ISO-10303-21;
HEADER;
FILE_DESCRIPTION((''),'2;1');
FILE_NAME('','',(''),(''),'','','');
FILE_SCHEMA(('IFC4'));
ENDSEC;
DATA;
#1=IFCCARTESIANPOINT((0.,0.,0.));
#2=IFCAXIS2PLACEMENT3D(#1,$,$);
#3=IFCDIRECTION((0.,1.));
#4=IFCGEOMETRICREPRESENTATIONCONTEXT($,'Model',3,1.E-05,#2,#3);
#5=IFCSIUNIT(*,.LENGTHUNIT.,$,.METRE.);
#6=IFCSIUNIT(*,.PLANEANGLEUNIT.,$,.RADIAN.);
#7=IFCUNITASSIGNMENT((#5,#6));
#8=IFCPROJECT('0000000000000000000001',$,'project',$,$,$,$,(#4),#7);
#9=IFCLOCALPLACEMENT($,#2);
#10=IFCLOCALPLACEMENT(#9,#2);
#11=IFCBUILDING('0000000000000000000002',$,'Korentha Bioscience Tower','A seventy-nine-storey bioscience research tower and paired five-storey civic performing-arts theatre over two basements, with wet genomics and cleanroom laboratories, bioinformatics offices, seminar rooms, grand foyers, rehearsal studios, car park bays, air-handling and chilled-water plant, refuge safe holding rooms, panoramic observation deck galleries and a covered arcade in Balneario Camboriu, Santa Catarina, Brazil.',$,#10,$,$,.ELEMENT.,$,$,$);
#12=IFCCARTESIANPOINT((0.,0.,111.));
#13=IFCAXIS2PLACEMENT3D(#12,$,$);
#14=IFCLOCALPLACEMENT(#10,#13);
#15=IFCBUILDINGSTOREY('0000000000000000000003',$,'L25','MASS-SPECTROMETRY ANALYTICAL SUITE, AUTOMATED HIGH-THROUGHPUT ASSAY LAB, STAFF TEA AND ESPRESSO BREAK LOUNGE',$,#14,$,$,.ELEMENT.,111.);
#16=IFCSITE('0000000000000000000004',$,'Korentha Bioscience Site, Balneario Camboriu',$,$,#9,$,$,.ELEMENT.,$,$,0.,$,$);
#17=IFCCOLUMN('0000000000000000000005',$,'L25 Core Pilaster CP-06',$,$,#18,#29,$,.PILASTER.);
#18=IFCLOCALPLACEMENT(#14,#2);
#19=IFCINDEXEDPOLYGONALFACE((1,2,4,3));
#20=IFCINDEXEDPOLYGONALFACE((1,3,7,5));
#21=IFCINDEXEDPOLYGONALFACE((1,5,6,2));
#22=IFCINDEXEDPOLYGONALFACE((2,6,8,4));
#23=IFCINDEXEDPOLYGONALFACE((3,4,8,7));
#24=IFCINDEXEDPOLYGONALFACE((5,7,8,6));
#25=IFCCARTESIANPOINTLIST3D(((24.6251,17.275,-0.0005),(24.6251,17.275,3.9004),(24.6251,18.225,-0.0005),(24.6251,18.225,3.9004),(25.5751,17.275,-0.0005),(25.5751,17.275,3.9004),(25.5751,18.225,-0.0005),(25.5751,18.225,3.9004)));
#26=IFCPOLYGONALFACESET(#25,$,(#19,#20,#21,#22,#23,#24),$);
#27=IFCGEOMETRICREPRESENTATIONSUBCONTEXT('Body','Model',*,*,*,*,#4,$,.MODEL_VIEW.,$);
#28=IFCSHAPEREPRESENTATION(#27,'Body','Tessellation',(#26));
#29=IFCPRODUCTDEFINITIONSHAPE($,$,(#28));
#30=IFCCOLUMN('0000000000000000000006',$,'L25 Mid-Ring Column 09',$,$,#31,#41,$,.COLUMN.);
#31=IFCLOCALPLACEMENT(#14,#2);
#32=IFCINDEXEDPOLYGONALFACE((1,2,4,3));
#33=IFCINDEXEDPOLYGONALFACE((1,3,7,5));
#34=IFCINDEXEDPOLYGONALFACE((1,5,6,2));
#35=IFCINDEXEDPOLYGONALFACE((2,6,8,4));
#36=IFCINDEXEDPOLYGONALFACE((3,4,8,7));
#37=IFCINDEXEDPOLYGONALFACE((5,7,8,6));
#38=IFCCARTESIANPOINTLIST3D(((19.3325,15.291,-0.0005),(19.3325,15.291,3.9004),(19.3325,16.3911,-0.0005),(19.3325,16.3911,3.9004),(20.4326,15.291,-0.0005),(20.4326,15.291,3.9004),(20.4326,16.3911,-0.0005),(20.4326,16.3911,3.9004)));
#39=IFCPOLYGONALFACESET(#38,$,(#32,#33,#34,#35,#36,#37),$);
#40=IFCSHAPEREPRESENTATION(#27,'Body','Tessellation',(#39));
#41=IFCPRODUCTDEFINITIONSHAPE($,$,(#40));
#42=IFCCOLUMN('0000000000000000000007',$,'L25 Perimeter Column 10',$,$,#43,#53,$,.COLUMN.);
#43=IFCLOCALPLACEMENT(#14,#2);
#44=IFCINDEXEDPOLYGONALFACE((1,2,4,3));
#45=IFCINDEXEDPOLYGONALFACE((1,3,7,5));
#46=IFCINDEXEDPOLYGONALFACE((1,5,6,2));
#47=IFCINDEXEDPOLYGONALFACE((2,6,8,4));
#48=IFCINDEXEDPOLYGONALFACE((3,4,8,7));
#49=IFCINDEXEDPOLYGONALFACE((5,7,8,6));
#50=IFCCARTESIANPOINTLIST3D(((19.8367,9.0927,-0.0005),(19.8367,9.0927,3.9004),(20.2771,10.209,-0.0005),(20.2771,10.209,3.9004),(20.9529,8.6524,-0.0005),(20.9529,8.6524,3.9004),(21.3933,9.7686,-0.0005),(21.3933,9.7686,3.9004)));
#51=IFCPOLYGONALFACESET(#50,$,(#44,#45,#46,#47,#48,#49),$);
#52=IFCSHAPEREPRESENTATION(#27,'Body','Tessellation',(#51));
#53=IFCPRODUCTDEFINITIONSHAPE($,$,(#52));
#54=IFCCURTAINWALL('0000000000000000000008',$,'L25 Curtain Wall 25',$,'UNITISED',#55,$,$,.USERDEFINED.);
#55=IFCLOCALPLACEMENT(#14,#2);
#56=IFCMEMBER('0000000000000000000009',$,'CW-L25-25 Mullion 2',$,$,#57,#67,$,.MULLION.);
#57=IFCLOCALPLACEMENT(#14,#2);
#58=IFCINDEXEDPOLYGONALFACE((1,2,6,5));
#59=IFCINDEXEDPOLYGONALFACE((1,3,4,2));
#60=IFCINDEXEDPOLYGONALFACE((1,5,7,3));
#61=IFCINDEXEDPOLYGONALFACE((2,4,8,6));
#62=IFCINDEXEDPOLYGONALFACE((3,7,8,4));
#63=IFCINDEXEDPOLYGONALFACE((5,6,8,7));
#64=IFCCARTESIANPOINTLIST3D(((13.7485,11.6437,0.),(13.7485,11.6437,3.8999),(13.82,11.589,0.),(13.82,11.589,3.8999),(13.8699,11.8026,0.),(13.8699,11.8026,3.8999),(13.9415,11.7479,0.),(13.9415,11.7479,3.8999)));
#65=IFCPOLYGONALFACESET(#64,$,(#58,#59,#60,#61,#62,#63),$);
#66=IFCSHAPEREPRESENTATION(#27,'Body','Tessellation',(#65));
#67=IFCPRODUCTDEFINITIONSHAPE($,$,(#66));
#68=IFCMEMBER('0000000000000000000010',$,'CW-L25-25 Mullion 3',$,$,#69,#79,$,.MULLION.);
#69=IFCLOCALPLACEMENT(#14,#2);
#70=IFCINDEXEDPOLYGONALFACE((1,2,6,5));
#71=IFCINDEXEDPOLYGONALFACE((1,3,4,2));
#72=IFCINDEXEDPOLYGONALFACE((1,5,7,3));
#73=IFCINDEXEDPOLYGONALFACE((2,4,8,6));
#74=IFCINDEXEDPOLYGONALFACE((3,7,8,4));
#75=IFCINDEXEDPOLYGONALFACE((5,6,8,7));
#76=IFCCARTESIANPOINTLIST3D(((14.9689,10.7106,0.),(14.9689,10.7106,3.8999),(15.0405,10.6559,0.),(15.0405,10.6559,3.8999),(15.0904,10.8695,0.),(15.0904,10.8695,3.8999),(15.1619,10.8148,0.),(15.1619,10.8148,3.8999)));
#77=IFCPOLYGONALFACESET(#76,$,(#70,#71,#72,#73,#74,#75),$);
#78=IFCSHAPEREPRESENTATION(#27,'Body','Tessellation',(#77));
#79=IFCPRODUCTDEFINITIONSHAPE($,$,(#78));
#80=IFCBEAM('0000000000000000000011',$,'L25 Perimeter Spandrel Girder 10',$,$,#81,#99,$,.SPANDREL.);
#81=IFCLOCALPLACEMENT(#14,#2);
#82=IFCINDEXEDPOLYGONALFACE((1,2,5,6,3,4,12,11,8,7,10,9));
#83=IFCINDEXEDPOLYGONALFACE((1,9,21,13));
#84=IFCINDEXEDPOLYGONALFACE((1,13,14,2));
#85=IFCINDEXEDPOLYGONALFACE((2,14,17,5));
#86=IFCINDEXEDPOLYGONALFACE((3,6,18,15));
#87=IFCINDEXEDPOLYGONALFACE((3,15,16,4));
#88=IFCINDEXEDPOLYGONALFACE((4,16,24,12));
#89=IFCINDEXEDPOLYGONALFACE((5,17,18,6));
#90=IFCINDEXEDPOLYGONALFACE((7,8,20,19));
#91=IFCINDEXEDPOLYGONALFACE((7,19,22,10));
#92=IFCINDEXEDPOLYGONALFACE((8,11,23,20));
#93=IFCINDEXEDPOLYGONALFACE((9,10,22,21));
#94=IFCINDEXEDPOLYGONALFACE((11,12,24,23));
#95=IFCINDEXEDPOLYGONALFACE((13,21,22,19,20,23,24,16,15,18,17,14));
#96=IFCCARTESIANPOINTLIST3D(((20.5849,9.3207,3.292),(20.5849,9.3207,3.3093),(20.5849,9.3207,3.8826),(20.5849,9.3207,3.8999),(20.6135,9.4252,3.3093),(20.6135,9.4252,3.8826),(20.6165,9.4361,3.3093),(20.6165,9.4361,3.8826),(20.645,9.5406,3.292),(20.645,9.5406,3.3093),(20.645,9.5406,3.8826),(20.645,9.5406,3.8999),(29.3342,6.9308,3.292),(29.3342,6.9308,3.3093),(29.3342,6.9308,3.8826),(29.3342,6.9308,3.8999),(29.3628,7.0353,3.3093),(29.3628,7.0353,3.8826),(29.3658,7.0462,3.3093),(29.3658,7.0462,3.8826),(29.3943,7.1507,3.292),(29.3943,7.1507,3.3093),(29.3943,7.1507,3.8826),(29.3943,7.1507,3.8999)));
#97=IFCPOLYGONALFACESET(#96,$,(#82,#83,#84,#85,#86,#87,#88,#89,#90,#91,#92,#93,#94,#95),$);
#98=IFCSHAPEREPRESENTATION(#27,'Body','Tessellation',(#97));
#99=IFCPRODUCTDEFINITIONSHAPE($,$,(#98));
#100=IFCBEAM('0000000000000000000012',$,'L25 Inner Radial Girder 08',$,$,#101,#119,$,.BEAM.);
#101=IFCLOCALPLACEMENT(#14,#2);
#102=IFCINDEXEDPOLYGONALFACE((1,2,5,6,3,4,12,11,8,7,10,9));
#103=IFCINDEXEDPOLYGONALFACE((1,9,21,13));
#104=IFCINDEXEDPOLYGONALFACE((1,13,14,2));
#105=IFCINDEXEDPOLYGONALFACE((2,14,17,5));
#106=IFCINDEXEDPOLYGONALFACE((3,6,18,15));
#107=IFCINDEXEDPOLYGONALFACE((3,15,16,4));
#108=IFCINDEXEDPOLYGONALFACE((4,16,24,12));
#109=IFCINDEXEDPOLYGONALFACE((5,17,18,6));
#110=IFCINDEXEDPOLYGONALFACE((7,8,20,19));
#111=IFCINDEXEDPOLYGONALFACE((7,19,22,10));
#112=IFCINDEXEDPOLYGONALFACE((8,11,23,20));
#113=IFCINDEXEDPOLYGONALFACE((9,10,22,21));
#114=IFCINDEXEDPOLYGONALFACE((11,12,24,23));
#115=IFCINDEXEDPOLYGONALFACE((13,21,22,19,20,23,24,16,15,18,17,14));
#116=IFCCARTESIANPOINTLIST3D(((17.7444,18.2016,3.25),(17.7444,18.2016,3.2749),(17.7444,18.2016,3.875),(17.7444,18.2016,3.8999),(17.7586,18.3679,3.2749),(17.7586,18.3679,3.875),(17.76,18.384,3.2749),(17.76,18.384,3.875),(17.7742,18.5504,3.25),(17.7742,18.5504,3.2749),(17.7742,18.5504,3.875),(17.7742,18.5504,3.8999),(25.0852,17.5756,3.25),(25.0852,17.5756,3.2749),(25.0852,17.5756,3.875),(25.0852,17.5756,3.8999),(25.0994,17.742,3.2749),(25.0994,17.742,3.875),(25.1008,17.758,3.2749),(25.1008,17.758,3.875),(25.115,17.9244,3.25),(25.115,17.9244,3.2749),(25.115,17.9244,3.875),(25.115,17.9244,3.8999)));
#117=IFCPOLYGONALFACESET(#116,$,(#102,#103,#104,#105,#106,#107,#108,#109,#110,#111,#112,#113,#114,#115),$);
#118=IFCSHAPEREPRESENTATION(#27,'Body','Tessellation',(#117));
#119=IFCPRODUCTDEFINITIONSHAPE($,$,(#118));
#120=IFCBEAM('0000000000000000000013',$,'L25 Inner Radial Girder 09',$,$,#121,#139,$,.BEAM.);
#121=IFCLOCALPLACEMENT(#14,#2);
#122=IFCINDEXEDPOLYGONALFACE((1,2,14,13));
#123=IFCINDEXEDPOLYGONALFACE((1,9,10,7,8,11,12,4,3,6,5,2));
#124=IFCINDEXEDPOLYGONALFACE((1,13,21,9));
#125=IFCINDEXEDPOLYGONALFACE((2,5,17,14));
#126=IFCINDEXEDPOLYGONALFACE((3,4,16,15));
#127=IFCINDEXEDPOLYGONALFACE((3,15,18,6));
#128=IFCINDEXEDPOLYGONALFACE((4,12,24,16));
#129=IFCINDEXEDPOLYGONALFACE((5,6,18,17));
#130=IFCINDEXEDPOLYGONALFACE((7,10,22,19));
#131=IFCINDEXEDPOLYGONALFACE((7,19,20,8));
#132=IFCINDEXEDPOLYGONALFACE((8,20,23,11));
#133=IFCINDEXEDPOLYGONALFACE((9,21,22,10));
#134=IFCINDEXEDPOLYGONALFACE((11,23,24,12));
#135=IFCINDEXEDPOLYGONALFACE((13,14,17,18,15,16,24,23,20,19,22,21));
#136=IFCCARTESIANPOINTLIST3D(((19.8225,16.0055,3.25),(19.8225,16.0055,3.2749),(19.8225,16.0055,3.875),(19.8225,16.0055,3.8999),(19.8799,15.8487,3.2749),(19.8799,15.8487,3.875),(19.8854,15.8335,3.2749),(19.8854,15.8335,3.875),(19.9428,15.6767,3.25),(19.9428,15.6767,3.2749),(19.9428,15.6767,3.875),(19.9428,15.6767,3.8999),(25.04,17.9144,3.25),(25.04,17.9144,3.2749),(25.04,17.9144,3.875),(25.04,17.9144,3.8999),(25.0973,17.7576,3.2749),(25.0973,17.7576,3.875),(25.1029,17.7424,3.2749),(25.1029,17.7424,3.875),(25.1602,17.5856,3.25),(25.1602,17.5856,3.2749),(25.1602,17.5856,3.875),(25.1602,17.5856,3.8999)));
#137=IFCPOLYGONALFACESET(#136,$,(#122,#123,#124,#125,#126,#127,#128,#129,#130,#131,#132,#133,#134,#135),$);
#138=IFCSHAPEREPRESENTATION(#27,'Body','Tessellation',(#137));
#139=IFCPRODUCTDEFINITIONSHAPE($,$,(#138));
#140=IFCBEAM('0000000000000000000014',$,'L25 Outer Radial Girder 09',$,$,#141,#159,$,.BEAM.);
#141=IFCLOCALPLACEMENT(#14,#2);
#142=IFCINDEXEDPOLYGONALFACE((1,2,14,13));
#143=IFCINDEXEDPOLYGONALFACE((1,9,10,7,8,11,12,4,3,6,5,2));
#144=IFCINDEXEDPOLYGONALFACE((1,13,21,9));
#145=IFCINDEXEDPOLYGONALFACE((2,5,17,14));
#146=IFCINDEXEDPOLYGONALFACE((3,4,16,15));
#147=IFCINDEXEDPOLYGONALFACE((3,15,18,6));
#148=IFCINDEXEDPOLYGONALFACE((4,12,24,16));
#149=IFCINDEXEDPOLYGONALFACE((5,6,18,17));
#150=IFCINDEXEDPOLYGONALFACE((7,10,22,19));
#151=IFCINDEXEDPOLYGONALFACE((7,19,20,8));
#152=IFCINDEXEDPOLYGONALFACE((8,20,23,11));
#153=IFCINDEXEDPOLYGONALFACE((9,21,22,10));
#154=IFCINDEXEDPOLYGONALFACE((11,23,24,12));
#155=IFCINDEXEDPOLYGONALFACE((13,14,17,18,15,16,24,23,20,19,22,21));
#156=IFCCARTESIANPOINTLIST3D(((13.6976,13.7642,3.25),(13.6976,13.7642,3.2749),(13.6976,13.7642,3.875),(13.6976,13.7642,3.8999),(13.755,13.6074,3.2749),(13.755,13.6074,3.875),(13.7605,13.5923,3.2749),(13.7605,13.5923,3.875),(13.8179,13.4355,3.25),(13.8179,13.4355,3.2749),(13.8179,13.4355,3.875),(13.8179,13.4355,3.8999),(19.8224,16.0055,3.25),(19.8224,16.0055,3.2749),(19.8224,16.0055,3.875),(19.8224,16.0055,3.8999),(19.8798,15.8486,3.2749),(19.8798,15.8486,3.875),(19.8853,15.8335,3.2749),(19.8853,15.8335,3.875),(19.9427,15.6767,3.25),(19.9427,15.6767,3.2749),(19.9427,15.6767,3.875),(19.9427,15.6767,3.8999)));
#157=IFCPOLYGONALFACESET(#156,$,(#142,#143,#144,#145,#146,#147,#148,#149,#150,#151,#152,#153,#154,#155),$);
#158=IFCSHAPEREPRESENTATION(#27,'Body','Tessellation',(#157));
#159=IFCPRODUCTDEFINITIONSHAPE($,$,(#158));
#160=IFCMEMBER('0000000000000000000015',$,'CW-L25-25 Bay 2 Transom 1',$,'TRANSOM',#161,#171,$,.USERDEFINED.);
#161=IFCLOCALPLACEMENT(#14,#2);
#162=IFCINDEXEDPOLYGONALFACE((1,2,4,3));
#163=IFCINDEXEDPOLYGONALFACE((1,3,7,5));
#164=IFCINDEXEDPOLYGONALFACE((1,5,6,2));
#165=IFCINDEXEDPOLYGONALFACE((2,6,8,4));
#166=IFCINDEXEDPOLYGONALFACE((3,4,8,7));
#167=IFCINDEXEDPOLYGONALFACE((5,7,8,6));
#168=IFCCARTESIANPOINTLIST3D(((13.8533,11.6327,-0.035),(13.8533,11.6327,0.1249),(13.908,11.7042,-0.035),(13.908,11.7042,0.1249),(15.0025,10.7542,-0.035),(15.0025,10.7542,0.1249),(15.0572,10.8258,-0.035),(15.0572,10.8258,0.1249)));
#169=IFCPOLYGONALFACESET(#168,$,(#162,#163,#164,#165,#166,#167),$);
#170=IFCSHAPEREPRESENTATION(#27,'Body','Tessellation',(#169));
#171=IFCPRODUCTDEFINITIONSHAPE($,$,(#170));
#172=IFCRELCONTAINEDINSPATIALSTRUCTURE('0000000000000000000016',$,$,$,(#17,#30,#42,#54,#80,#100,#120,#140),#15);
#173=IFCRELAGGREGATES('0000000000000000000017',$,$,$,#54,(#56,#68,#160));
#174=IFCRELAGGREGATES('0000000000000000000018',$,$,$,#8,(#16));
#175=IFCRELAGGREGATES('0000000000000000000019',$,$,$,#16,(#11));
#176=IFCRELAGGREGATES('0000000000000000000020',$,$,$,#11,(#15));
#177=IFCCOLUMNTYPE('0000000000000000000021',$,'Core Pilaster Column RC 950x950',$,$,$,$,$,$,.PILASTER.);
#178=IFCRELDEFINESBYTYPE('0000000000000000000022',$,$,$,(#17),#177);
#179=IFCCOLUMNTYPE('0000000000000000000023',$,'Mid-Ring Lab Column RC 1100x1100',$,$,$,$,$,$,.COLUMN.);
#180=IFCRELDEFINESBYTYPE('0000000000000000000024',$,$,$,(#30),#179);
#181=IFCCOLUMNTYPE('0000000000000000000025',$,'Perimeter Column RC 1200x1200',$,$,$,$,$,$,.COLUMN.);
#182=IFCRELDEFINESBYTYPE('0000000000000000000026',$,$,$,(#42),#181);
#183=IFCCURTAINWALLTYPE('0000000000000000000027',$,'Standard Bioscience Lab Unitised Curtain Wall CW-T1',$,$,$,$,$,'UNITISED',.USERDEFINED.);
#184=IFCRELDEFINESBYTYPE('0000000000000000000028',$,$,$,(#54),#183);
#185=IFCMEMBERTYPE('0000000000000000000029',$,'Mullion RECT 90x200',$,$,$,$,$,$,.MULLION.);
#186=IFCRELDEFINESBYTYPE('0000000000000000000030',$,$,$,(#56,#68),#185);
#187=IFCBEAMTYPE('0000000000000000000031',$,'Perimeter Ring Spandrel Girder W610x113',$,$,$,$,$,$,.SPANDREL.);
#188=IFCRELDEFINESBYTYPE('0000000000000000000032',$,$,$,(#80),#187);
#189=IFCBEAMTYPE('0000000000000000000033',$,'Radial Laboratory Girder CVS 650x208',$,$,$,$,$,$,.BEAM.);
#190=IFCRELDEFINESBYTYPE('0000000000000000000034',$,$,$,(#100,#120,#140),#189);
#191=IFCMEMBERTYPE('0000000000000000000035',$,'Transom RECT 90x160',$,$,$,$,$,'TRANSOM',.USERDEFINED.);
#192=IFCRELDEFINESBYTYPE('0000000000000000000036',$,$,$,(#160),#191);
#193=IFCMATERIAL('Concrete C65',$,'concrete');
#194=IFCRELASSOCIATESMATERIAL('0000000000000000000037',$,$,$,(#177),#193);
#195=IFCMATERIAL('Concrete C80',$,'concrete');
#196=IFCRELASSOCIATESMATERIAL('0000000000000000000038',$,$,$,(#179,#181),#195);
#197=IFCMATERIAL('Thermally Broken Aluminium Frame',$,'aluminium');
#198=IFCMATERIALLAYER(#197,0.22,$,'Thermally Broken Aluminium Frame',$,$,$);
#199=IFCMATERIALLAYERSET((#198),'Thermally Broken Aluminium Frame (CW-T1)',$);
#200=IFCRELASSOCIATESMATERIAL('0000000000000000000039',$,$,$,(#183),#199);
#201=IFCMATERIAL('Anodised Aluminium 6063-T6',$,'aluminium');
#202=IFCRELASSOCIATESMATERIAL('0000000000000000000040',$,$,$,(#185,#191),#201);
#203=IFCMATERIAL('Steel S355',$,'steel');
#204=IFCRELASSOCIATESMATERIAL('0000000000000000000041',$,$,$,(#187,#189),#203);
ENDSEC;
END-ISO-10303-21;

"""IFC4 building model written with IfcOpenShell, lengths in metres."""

from ifc_helpers import new_model, si_unit, direction, frame, origin, origin_2d, place, context, subcontext, project, spatial, rectangle, i_section, extrude, material, layer, layer_set, material_profile, profile_set, type_object, element, aggregate, save


model = new_model("IFC4")

# Units and contexts
model_context = context("Model", 3, precision=1e-05, world=origin(), true_north=direction((0.0, 1.0)))
body_context = subcontext(model_context, "Body", "Model", "MODEL_VIEW")
ifc_project = project(units=[si_unit("LENGTHUNIT", "METRE"), si_unit("PLANEANGLEUNIT", "RADIAN")], contexts=[model_context])

# Site, building, storey
site_placement = place(None, origin())
site = spatial("IfcSite", under=ifc_project, at=site_placement, Name="Korentha Bioscience Site, Balneario Camboriu", CompositionType="ELEMENT", RefElevation=0.0)
building_placement = place(site_placement, origin())
building = spatial("IfcBuilding", under=site, at=building_placement, Name="Korentha Bioscience Tower", Description="A seventy-nine-storey bioscience research tower and paired five-storey civic performing-arts theatre over two basements, with wet genomics and cleanroom laboratories, bioinformatics offices, seminar rooms, grand foyers, rehearsal studios, car park bays, air-handling and chilled-water plant, refuge safe holding rooms, panoramic observation deck galleries and a covered arcade in Balneario Camboriu, Santa Catarina, Brazil.", CompositionType="ELEMENT")
storey_placement = place(building_placement, frame((0.0, 0.0, 111.0)))
storey = spatial("IfcBuildingStorey", under=building, at=storey_placement, Name="L25", Description="MASS-SPECTROMETRY ANALYTICAL SUITE, AUTOMATED HIGH-THROUGHPUT ASSAY LAB, STAFF TEA AND ESPRESSO BREAK LOUNGE", CompositionType="ELEMENT", Elevation=111.0)

# Columns
ifc_material_1 = material(Name="Concrete C65", Category="concrete")
ifc_material_profile_1 = material_profile(ifc_material_1, rectangle(XDim=0.95, YDim=0.95, at=origin_2d()), Name="Concrete C65")
ifc_profile_set_1 = profile_set([ifc_material_profile_1], Name="Concrete C65 (COL-CP09)")
column_type_1 = type_object("IfcColumnType", Name="Core Pilaster Column RC 950x950", PredefinedType="PILASTER", material=ifc_profile_set_1)
column_1_placement = place(storey_placement, frame((25.1001, 17.75, -0.0005), z_axis=(0.0, 0.0, 1.0), x_axis=(1.0, 0.0, 0.0)))
element("IfcColumn", 1, at=column_1_placement, inside=storey, type_object=column_type_1, Name="L25 Core Pilaster CP-06", PredefinedType="PILASTER", context=body_context, shape_type="SweptSolid", body=[
    extrude(rectangle(XDim=0.95, YDim=0.95, at=origin_2d()), origin(), (0.0, 0.0, 1.0), 3.9009),
])
ifc_material_2 = material(Name="Concrete C80", Category="concrete")
ifc_material_profile_2 = material_profile(ifc_material_2, rectangle(XDim=1.1001, YDim=1.1001, at=origin_2d()), Name="Concrete C80")
ifc_profile_set_2 = profile_set([ifc_material_profile_2], Name="Concrete C80 (COL-MR11)")
column_type_2 = type_object("IfcColumnType", Name="Mid-Ring Lab Column RC 1100x1100", PredefinedType="COLUMN", material=ifc_profile_set_2)
column_2_placement = place(storey_placement, frame((19.8826, 15.8411, -0.0005), z_axis=(0.0, 0.0, 1.0), x_axis=(1.0, 0.0, 0.0)))
element("IfcColumn", 2, at=column_2_placement, inside=storey, type_object=column_type_2, Name="L25 Mid-Ring Column 09", PredefinedType="COLUMN", context=body_context, shape_type="SweptSolid", body=[
    extrude(rectangle(XDim=1.1001, YDim=1.1001, at=origin_2d()), origin(), (0.0, 0.0, 1.0), 3.9009),
])
ifc_material_profile_3 = material_profile(ifc_material_2, rectangle(XDim=1.2, YDim=1.2, at=origin_2d()), Name="Concrete C80")
ifc_profile_set_3 = profile_set([ifc_material_profile_3], Name="Concrete C80 (COL-P12)")
column_type_3 = type_object("IfcColumnType", Name="Perimeter Column RC 1200x1200", PredefinedType="COLUMN", material=ifc_profile_set_3)
column_3_placement = place(storey_placement, frame((20.615, 9.4307, -0.0005), z_axis=(0.0, 0.0, 1.0), x_axis=(-0.930226, 0.366988, 0.0)))
element("IfcColumn", 3, at=column_3_placement, inside=storey, type_object=column_type_3, Name="L25 Perimeter Column 10", PredefinedType="COLUMN", context=body_context, shape_type="SweptSolid", body=[
    extrude(rectangle(XDim=1.2, YDim=1.2, at=origin_2d()), origin(), (0.0, 0.0, 1.0), 3.9009),
])

# Curtain wall, members
ifc_material_3 = material(Name="Thermally Broken Aluminium Frame", Category="aluminium")
ifc_layer_1 = layer(ifc_material_3, 0.22, Name="Thermally Broken Aluminium Frame")
ifc_layer_set_1 = layer_set([ifc_layer_1], Name="Thermally Broken Aluminium Frame (CW-T1)")
curtain_wall_type = type_object("IfcCurtainWallType", Name="Standard Bioscience Lab Unitised Curtain Wall CW-T1", ElementType="UNITISED", PredefinedType="USERDEFINED", material=ifc_layer_set_1)
curtain_wall_placement = place(storey_placement, origin())
curtain_wall = element("IfcCurtainWall", 4, at=curtain_wall_placement, inside=storey, type_object=curtain_wall_type, Name="L25 Curtain Wall 25", ObjectType="UNITISED", PredefinedType="USERDEFINED")
ifc_material_4 = material(Name="Anodised Aluminium 6063-T6", Category="aluminium")
ifc_material_profile_4 = material_profile(ifc_material_4, rectangle(XDim=0.0901, YDim=0.2, at=origin_2d()), Name="Anodised Aluminium 6063-T6")
ifc_profile_set_4 = profile_set([ifc_material_profile_4], Name="Anodised Aluminium 6063-T6 (CW-MUL)")
member_type_1 = type_object("IfcMemberType", Name="Mullion RECT 90x200", PredefinedType="MULLION", material=ifc_profile_set_4)
member_1_placement = place(storey_placement, frame((13.845, 11.6958, 0.0), z_axis=(0.0, 0.0, 1.0), x_axis=(0.7945, -0.607265, 0.0)))
member_1 = element("IfcMember", 5, at=member_1_placement, type_object=member_type_1, Name="CW-L25-25 Mullion 2", PredefinedType="MULLION", context=body_context, shape_type="SweptSolid", body=[
    extrude(rectangle(XDim=0.0901, YDim=0.2, at=origin_2d()), origin(), (0.0, 0.0, 1.0), 3.8999),
])
member_2_placement = place(storey_placement, frame((15.0654, 10.7627, 0.0), z_axis=(0.0, 0.0, 1.0), x_axis=(0.7945, -0.607265, 0.0)))
member_2 = element("IfcMember", 6, at=member_2_placement, type_object=member_type_1, Name="CW-L25-25 Mullion 3", PredefinedType="MULLION", context=body_context, shape_type="SweptSolid", body=[
    extrude(rectangle(XDim=0.0901, YDim=0.2, at=origin_2d()), origin(), (0.0, 0.0, 1.0), 3.8999),
])

# Beams
ifc_material_5 = material(Name="Steel S355", Category="steel")
ifc_material_profile_5 = material_profile(ifc_material_5, i_section(OverallWidth=0.228, OverallDepth=0.6079, WebThickness=0.0112, FlangeThickness=0.0173, at=origin_2d()), Name="Steel S355")
ifc_profile_set_5 = profile_set([ifc_material_profile_5], Name="Steel S355 (SB-610)")
beam_type_1 = type_object("IfcBeamType", Name="Perimeter Ring Spandrel Girder W610x113", PredefinedType="SPANDREL", material=ifc_profile_set_5)
beam_1_placement = place(storey_placement, frame((20.615, 9.4307, 3.5959), z_axis=(0.964659, -0.2635, 0.0), x_axis=(0.2635, 0.964659, 0.0)))
element("IfcBeam", 7, at=beam_1_placement, inside=storey, type_object=beam_type_1, Name="L25 Perimeter Spandrel Girder 10", PredefinedType="SPANDREL", context=body_context, shape_type="SweptSolid", body=[
    extrude(i_section(OverallWidth=0.228, OverallDepth=0.6079, WebThickness=0.0112, FlangeThickness=0.0173, at=origin_2d()), origin(), (0.0, 0.0, 1.0), 9.0698),
])
ifc_material_profile_6 = material_profile(ifc_material_5, i_section(OverallWidth=0.3501, OverallDepth=0.6499, WebThickness=0.0161, FlangeThickness=0.0249, at=origin_2d()), Name="Steel S355")
ifc_profile_set_6 = profile_set([ifc_material_profile_6], Name="Steel S355 (RB-650)")
beam_type_2 = type_object("IfcBeamType", Name="Radial Laboratory Girder CVS 650x208", PredefinedType="BEAM", material=ifc_profile_set_6)
beam_2_placement = place(storey_placement, frame((25.1001, 17.75, 3.575), z_axis=(-0.996384, 0.084965, 0.0), x_axis=(-0.084965, -0.996384, 0.0)))
element("IfcBeam", 8, at=beam_2_placement, inside=storey, type_object=beam_type_2, Name="L25 Inner Radial Girder 08", PredefinedType="BEAM", context=body_context, shape_type="SweptSolid", body=[
    extrude(i_section(OverallWidth=0.3501, OverallDepth=0.6499, WebThickness=0.0161, FlangeThickness=0.0249, at=origin_2d()), origin(), (0.0, 0.0, 1.0), 7.3674),
])
beam_3_placement = place(storey_placement, frame((25.1001, 17.75, 3.575), z_axis=(-0.939118, -0.343595, 0.0), x_axis=(0.343595, -0.939118, 0.0)))
element("IfcBeam", 9, at=beam_3_placement, inside=storey, type_object=beam_type_2, Name="L25 Inner Radial Girder 09", PredefinedType="BEAM", context=body_context, shape_type="SweptSolid", body=[
    extrude(i_section(OverallWidth=0.3501, OverallDepth=0.6499, WebThickness=0.0161, FlangeThickness=0.0249, at=origin_2d()), origin(), (0.0, 0.0, 1.0), 5.5557),
])
beam_4_placement = place(storey_placement, frame((19.8826, 15.8411, 3.575), z_axis=(-0.939101, -0.343642, 0.0), x_axis=(0.343642, -0.939101, 0.0)))
element("IfcBeam", 10, at=beam_4_placement, inside=storey, type_object=beam_type_2, Name="L25 Outer Radial Girder 09", PredefinedType="BEAM", context=body_context, shape_type="SweptSolid", body=[
    extrude(i_section(OverallWidth=0.3501, OverallDepth=0.6499, WebThickness=0.0161, FlangeThickness=0.0249, at=origin_2d()), origin(), (0.0, 0.0, 1.0), 6.522),
])

# Member
ifc_material_profile_7 = material_profile(ifc_material_4, rectangle(XDim=0.0901, YDim=0.1599, at=origin_2d()), Name="Anodised Aluminium 6063-T6")
ifc_profile_set_7 = profile_set([ifc_material_profile_7], Name="Anodised Aluminium 6063-T6 (CW-TRN)")
member_type_2 = type_object("IfcMemberType", Name="Transom RECT 90x160", ElementType="TRANSOM", PredefinedType="USERDEFINED", material=ifc_profile_set_7)
member_3_placement = place(storey_placement, frame((13.8806, 11.6685, 0.0449), z_axis=(0.794478, -0.607293, 0.0), x_axis=(0.607293, 0.794478, 0.0)))
member_3 = element("IfcMember", 11, at=member_3_placement, type_object=member_type_2, Name="CW-L25-25 Bay 2 Transom 1", ObjectType="TRANSOM", PredefinedType="USERDEFINED", context=body_context, shape_type="SweptSolid", body=[
    extrude(rectangle(XDim=0.0901, YDim=0.1599, at=origin_2d()), origin(), (0.0, 0.0, 1.0), 1.4465),
])

aggregate(curtain_wall, [member_1, member_2, member_3])

save(model, "model.ifc")
